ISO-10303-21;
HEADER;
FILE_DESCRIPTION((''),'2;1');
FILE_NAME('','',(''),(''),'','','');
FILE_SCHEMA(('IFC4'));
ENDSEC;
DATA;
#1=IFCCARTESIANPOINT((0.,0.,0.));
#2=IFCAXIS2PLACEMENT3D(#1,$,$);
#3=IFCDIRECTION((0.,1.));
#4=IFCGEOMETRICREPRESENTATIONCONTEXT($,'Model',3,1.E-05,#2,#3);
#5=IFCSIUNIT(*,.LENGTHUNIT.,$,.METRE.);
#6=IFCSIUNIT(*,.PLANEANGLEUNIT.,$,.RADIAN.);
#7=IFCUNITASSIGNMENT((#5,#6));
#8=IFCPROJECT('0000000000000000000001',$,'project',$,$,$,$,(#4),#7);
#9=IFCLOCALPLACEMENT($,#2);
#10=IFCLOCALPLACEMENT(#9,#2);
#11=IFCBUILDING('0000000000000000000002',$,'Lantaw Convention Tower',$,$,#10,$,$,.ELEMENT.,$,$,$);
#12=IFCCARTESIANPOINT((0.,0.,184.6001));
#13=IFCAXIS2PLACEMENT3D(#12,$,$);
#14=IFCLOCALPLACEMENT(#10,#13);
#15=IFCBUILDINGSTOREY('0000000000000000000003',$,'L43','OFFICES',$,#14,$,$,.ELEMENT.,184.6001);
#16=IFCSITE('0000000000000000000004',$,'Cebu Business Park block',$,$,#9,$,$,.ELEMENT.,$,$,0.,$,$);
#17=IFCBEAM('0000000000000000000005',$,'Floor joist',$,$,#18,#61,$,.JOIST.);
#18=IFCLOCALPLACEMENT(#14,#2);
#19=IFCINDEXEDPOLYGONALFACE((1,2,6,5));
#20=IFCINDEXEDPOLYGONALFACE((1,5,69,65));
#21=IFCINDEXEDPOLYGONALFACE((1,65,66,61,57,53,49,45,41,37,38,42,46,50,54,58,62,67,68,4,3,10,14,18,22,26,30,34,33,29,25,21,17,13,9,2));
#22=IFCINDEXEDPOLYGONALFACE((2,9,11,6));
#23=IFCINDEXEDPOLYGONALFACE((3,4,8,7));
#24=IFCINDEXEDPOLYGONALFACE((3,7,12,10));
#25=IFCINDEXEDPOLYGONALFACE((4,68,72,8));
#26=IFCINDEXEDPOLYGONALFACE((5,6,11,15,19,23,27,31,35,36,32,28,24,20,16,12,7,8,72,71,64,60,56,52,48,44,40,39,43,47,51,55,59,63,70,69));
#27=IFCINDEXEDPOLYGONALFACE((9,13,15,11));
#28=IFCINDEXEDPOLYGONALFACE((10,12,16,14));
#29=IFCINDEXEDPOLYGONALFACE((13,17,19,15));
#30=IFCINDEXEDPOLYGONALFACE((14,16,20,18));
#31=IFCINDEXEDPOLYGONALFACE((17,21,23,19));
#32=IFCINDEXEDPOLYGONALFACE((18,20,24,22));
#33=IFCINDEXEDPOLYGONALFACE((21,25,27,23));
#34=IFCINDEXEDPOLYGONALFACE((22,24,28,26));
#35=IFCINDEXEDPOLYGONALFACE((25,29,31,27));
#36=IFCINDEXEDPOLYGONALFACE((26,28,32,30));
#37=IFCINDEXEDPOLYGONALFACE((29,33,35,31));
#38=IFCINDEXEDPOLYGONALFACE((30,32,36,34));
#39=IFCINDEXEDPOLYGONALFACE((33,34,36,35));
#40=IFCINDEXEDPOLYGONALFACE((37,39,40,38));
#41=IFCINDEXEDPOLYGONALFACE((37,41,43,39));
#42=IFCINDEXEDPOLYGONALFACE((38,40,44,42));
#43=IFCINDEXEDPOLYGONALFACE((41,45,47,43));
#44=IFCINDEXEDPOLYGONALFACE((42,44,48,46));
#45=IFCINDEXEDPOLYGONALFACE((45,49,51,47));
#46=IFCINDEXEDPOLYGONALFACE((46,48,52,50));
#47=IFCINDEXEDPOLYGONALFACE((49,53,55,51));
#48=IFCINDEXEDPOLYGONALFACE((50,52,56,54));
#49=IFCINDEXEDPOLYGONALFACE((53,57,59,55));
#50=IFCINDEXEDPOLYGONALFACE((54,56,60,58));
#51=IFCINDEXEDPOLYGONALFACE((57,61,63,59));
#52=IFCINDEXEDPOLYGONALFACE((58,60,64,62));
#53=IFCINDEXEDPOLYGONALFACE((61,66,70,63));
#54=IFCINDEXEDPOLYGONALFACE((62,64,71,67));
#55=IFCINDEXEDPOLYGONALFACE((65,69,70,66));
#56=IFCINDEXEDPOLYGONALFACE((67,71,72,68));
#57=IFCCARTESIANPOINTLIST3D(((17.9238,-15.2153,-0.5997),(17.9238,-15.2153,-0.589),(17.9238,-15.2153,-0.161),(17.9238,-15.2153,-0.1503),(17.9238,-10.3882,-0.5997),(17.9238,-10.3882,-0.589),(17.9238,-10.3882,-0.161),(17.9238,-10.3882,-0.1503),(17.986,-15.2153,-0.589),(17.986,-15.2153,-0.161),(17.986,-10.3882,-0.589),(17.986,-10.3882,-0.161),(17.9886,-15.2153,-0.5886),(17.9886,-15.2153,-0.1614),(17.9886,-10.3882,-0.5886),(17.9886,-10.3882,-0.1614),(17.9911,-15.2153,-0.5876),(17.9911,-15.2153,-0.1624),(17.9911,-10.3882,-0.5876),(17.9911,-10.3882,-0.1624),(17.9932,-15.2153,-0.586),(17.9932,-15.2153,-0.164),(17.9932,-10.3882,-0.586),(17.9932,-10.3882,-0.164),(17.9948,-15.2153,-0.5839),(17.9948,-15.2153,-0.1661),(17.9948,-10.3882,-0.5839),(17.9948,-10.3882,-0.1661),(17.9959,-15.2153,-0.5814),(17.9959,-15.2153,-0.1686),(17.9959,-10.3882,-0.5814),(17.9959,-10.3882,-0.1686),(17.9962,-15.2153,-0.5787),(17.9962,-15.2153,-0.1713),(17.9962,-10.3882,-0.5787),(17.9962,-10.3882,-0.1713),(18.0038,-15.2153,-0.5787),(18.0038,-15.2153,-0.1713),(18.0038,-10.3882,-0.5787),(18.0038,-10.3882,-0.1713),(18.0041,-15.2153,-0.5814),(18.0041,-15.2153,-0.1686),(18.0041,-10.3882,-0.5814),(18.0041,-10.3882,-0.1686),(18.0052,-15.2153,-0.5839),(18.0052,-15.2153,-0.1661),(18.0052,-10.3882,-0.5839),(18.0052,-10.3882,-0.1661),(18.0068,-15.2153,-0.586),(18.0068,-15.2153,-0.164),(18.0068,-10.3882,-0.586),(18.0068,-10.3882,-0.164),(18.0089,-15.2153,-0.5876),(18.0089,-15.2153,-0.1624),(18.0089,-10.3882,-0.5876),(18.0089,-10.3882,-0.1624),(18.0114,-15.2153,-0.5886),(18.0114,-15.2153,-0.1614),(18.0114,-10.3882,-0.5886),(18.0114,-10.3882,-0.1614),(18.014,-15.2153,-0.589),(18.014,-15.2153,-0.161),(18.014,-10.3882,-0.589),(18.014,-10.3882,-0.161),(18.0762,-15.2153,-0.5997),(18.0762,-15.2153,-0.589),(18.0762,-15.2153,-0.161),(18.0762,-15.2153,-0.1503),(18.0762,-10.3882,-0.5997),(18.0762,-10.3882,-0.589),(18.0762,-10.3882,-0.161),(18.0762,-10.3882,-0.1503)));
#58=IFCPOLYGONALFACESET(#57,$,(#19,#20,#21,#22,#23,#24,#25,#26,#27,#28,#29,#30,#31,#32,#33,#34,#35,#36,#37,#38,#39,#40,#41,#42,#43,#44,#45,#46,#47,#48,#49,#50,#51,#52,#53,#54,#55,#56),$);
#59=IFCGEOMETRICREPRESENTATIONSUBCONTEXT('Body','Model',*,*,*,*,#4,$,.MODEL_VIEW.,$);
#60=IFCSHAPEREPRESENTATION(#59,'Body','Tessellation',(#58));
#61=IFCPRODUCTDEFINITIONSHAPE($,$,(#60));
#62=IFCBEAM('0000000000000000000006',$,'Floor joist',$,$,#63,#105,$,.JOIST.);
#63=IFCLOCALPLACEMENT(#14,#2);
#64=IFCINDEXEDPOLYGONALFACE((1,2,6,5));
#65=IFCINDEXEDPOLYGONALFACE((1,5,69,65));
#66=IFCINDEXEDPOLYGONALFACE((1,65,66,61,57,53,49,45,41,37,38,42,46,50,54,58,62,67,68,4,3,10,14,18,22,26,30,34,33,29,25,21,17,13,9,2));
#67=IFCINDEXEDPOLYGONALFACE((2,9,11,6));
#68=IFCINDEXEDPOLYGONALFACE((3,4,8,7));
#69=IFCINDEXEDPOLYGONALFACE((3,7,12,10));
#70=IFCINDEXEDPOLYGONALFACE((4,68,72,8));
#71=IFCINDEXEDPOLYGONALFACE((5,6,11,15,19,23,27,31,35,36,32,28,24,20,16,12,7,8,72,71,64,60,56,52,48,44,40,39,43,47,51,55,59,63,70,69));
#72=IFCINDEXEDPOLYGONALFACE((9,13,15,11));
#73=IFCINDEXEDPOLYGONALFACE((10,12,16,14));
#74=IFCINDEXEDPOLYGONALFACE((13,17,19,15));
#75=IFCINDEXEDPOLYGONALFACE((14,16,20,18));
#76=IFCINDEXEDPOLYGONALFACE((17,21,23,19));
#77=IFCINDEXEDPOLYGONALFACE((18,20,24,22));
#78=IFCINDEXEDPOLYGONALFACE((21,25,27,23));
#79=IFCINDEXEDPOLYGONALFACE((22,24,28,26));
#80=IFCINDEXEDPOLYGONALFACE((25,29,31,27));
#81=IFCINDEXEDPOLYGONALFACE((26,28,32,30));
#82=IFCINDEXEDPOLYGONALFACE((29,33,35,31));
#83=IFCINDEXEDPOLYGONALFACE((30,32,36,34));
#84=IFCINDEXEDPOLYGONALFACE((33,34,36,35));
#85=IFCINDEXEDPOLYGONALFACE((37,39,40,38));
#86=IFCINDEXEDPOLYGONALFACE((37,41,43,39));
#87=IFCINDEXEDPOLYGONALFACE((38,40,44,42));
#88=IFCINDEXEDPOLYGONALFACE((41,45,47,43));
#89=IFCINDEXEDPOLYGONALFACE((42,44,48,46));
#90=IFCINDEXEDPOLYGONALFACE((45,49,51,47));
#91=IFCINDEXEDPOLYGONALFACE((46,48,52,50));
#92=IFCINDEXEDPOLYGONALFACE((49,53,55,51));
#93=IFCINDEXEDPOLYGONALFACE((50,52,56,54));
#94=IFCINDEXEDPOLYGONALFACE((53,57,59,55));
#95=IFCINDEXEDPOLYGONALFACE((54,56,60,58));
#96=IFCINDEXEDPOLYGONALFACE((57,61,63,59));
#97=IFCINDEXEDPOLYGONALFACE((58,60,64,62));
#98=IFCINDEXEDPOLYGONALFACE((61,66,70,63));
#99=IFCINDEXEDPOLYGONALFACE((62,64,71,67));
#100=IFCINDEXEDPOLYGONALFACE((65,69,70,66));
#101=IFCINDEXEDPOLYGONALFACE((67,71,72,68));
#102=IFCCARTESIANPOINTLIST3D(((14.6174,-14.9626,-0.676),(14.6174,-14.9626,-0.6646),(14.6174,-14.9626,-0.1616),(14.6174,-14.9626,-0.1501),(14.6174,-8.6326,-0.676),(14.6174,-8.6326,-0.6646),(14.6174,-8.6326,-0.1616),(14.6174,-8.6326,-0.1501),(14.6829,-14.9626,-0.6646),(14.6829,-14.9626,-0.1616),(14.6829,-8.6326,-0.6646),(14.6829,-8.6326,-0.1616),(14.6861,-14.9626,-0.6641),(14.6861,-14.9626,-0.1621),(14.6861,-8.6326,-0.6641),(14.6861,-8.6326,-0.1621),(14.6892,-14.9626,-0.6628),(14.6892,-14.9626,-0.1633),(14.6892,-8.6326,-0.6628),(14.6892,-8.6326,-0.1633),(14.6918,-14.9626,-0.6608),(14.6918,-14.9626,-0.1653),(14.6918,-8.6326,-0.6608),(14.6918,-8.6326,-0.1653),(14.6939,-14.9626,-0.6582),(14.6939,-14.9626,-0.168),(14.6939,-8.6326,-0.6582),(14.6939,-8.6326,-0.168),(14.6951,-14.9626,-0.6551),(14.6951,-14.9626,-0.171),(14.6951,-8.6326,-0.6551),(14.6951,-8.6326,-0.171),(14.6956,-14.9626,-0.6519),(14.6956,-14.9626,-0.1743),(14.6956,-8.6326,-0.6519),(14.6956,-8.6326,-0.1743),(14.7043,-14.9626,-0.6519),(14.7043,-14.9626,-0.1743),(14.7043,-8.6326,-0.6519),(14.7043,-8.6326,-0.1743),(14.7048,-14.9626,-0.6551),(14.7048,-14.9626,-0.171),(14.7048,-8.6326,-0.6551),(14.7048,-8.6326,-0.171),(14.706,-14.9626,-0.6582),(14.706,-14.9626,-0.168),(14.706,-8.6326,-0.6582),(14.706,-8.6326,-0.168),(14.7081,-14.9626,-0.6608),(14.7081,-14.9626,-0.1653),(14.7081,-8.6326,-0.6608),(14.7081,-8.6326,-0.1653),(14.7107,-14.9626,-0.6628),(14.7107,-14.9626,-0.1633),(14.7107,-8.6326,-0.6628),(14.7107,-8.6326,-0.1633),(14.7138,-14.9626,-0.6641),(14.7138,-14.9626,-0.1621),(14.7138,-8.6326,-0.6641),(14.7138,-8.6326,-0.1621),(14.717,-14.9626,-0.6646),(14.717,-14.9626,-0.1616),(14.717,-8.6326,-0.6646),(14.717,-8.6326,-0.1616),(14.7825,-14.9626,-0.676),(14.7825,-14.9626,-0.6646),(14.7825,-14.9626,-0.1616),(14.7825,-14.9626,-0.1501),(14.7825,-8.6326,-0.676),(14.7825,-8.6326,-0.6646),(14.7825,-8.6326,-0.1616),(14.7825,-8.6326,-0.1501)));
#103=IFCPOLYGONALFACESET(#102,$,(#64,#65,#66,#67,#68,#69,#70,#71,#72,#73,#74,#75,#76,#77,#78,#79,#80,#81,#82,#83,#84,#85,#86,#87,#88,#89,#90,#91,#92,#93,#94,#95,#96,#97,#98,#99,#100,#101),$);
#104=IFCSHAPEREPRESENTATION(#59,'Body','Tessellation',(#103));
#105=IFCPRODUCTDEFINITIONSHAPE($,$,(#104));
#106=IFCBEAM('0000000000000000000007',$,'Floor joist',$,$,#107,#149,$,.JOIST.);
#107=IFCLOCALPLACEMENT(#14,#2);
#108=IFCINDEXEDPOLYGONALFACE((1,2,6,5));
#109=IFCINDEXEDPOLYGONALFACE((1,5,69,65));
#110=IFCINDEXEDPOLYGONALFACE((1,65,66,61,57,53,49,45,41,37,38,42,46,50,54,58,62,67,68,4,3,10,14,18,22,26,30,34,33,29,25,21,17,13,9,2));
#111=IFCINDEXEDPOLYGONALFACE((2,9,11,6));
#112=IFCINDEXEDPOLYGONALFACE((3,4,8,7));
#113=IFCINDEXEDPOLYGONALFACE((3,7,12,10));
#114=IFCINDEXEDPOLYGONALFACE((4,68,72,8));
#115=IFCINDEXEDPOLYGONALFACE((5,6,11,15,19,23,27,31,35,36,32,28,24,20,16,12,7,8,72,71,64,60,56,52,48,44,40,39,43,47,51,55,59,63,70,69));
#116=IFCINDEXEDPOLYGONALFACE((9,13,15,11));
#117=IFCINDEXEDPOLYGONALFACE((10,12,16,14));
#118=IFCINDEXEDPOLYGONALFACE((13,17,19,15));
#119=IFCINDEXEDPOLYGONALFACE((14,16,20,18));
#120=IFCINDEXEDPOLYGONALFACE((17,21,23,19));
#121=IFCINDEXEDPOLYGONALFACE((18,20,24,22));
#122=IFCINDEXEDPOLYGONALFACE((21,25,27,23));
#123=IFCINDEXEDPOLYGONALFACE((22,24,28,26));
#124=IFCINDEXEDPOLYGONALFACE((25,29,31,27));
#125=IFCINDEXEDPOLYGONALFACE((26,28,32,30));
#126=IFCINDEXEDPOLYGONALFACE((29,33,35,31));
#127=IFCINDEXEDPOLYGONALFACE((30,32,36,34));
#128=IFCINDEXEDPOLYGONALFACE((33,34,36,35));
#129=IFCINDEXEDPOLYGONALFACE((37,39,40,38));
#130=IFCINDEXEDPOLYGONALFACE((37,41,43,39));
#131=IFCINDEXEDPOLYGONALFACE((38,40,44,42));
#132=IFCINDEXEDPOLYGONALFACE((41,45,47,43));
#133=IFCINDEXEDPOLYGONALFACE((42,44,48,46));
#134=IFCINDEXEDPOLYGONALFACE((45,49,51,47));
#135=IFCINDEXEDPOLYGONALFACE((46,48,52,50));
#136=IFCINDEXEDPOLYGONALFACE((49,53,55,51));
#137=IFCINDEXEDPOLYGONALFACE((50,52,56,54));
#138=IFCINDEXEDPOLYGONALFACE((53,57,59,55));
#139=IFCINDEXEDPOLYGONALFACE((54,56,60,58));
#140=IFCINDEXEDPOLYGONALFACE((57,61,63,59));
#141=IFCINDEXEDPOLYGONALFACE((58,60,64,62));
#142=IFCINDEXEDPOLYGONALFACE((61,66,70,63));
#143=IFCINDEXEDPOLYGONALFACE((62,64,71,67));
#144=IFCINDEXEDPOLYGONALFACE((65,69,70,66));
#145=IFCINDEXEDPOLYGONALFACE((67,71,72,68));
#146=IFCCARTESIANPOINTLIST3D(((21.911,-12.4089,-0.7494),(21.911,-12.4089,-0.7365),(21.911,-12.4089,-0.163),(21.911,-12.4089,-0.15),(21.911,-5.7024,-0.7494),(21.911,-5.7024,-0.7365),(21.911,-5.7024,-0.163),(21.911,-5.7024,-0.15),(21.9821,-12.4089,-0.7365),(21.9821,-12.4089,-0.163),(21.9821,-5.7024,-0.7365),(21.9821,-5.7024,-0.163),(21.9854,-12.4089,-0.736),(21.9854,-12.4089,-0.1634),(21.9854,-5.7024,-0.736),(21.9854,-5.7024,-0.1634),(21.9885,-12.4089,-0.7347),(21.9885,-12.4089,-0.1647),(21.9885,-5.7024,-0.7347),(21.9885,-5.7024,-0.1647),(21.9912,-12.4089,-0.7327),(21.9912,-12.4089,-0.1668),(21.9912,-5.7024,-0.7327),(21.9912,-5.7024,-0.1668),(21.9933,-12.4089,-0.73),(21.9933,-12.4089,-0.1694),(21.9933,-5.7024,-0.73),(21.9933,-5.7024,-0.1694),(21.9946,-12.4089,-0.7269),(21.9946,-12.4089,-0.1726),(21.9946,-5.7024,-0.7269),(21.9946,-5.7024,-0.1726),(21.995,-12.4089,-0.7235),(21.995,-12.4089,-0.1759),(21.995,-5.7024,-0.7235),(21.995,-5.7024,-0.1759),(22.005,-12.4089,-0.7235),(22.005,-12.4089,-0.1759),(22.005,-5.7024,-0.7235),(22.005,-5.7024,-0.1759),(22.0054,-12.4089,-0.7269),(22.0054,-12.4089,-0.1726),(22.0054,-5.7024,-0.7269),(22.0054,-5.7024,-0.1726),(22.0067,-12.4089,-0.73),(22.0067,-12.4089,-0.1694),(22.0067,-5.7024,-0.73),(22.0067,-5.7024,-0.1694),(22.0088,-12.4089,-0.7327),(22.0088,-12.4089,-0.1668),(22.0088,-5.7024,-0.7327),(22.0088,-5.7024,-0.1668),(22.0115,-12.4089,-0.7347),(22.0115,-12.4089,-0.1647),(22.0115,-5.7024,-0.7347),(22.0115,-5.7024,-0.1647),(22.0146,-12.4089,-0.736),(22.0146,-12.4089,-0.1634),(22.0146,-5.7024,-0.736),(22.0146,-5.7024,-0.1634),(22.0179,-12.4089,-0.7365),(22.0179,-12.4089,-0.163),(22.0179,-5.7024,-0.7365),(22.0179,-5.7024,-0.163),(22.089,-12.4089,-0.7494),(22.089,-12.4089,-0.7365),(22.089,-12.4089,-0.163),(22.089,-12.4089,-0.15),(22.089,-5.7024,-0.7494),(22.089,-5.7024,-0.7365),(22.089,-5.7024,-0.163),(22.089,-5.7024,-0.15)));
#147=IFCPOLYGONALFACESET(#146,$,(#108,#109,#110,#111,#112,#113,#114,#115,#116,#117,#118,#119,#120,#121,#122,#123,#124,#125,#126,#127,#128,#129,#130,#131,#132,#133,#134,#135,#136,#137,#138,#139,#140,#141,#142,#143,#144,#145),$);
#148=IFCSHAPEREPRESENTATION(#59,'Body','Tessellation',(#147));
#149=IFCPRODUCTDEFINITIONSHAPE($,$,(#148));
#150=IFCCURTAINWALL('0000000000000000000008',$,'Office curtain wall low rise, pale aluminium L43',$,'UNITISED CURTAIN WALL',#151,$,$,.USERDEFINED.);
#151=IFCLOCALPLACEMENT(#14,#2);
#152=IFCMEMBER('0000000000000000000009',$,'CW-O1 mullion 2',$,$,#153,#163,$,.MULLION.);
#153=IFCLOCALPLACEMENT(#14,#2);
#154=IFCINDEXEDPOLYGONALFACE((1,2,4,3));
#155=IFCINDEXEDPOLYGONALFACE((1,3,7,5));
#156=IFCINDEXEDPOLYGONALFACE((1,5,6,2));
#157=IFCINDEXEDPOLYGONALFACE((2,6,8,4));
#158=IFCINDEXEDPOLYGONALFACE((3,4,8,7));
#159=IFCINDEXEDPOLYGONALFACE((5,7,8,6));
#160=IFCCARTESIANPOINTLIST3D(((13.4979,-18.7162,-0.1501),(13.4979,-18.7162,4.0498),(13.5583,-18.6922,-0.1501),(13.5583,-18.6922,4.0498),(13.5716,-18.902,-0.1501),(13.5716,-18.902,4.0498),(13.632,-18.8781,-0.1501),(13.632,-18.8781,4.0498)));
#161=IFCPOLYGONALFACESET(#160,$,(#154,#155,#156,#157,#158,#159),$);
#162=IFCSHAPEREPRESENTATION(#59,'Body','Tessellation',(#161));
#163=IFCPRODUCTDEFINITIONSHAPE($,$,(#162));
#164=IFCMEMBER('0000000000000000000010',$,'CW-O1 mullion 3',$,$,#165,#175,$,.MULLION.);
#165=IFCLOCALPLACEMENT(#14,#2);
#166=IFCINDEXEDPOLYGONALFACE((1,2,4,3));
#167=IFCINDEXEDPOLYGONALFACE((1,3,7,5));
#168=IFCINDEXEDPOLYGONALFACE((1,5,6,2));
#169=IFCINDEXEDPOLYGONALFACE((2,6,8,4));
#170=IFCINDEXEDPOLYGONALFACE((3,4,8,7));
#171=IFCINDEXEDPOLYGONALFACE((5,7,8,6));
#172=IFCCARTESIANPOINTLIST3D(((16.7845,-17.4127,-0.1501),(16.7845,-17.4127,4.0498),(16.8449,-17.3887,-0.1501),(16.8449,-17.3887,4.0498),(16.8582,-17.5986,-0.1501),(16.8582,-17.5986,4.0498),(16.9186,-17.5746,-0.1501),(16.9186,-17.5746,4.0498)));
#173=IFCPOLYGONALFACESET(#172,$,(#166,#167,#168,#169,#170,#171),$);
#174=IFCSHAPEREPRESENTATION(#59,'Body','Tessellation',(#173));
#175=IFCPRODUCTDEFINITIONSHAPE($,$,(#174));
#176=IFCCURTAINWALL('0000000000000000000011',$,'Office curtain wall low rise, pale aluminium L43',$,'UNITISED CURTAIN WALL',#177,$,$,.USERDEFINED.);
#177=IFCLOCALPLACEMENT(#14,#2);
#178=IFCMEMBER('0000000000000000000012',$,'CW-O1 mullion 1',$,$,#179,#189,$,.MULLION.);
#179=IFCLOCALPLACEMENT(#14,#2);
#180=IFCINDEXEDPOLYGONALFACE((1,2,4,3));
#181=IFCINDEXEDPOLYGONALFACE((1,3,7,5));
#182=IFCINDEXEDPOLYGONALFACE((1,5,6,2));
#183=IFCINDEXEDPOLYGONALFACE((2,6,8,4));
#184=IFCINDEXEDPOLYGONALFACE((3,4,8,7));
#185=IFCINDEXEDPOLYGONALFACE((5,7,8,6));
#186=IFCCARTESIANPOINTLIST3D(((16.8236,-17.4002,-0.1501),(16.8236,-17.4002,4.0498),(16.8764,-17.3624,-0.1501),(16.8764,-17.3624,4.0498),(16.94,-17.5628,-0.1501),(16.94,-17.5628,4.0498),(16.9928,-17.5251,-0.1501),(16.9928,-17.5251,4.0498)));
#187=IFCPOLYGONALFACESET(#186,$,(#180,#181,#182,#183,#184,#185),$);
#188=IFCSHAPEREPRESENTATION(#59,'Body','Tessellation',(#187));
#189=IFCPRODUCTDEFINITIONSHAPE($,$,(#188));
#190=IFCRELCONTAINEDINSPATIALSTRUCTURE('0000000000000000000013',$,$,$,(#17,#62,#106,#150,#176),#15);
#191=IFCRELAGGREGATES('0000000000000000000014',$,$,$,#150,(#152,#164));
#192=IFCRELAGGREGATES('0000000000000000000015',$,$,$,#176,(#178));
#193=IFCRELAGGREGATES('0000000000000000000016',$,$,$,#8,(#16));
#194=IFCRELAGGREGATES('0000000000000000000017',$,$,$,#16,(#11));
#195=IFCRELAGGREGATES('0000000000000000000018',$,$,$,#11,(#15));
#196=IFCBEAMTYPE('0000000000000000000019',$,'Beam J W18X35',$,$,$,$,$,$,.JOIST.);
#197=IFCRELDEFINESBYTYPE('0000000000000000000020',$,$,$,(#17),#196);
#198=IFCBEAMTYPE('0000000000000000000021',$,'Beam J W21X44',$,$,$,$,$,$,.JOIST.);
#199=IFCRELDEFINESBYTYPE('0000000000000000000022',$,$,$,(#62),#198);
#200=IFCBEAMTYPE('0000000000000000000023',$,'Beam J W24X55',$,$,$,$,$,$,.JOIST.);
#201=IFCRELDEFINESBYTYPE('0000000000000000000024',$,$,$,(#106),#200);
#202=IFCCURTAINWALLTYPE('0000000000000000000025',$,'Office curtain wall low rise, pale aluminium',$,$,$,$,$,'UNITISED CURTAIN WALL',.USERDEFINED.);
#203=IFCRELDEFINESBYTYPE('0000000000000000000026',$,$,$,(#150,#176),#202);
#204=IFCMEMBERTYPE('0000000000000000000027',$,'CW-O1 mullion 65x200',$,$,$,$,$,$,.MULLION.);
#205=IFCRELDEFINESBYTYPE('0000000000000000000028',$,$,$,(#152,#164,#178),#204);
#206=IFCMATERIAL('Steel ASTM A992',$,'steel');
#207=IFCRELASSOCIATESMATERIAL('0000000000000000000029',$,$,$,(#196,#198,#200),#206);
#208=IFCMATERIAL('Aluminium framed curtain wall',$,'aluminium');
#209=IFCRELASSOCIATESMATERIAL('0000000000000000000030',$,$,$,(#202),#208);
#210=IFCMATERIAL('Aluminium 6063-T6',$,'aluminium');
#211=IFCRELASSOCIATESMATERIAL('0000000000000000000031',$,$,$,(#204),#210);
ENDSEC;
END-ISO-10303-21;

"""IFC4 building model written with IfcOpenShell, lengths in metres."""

from ifc_helpers import new_model, si_unit, direction, frame, origin, origin_2d, place, context, subcontext, project, spatial, rectangle, i_section, extrude, material, material_profile, profile_set, type_object, element, aggregate, save


model = new_model("IFC4")

# Units and contexts
model_context = context("Model", 3, precision=1e-05, world=origin(), true_north=direction((0.0, 1.0)))
body_context = subcontext(model_context, "Body", "Model", "MODEL_VIEW")
ifc_project = project(units=[si_unit("LENGTHUNIT", "METRE"), si_unit("PLANEANGLEUNIT", "RADIAN")], contexts=[model_context])

# Site, building, storey
site_placement = place(None, origin())
site = spatial("IfcSite", under=ifc_project, at=site_placement, Name="Cebu Business Park block", CompositionType="ELEMENT", RefElevation=0.0)
building_placement = place(site_placement, origin())
building = spatial("IfcBuilding", under=site, at=building_placement, Name="Lantaw Convention Tower", CompositionType="ELEMENT")
storey_placement = place(building_placement, frame((0.0, 0.0, 184.6001)))
storey = spatial("IfcBuildingStorey", under=building, at=storey_placement, Name="L43", Description="OFFICES", CompositionType="ELEMENT", Elevation=184.6001)

# Beams
ifc_material_1 = material(Name="Steel ASTM A992", Category="steel")
ifc_material_profile_1 = material_profile(ifc_material_1, i_section(OverallWidth=0.1523, OverallDepth=0.4495, WebThickness=0.0076, FlangeThickness=0.0107, FilletRadius=0.0103, at=origin_2d()), Name="W18X35")
ifc_profile_set_1 = profile_set([ifc_material_profile_1], Name="Steel ASTM A992")
beam_type_1 = type_object("IfcBeamType", Name="Beam J W18X35", PredefinedType="JOIST", material=ifc_profile_set_1)
beam_1_placement = place(storey_placement, frame((18.0, -15.2153, -0.375), z_axis=(0.0, 1.0, 0.0), x_axis=(-1.0, 0.0, 0.0)))
element("IfcBeam", 1, at=beam_1_placement, inside=storey, type_object=beam_type_1, Name="Floor joist", PredefinedType="JOIST", context=body_context, shape_type="SweptSolid", body=[
    extrude(i_section(OverallWidth=0.1523, OverallDepth=0.4495, WebThickness=0.0076, FlangeThickness=0.0107, FilletRadius=0.0103, at=origin_2d()), origin(), (0.0, 0.0, 1.0), 4.8271),
])
ifc_material_profile_2 = material_profile(ifc_material_1, i_section(OverallWidth=0.165, OverallDepth=0.5259, WebThickness=0.0088, FlangeThickness=0.0115, FilletRadius=0.0127, at=origin_2d()), Name="W21X44")
ifc_profile_set_2 = profile_set([ifc_material_profile_2], Name="Steel ASTM A992")
beam_type_2 = type_object("IfcBeamType", Name="Beam J W21X44", PredefinedType="JOIST", material=ifc_profile_set_2)
beam_2_placement = place(storey_placement, frame((14.7, -14.9626, -0.4131), z_axis=(0.0, 1.0, 0.0), x_axis=(-1.0, 0.0, 0.0)))
element("IfcBeam", 2, at=beam_2_placement, inside=storey, type_object=beam_type_2, Name="Floor joist", PredefinedType="JOIST", context=body_context, shape_type="SweptSolid", body=[
    extrude(i_section(OverallWidth=0.165, OverallDepth=0.5259, WebThickness=0.0088, FlangeThickness=0.0115, FilletRadius=0.0127, at=origin_2d()), origin(), (0.0, 0.0, 1.0), 6.3301),
])
ifc_material_profile_3 = material_profile(ifc_material_1, i_section(OverallWidth=0.178, OverallDepth=0.5994, WebThickness=0.01, FlangeThickness=0.0129, FilletRadius=0.0129, at=origin_2d()), Name="W24X55")
ifc_profile_set_3 = profile_set([ifc_material_profile_3], Name="Steel ASTM A992")
beam_type_3 = type_object("IfcBeamType", Name="Beam J W24X55", PredefinedType="JOIST", material=ifc_profile_set_3)
beam_3_placement = place(storey_placement, frame((22.0, -12.4089, -0.4497), z_axis=(0.0, 1.0, 0.0), x_axis=(-1.0, 0.0, 0.0)))
element("IfcBeam", 3, at=beam_3_placement, inside=storey, type_object=beam_type_3, Name="Floor joist", PredefinedType="JOIST", context=body_context, shape_type="SweptSolid", body=[
    extrude(i_section(OverallWidth=0.178, OverallDepth=0.5994, WebThickness=0.01, FlangeThickness=0.0129, FilletRadius=0.0129, at=origin_2d()), origin(), (0.0, 0.0, 1.0), 6.7065),
])

# Curtain walls, members
ifc_material_2 = material(Name="Aluminium framed curtain wall", Category="aluminium")
curtain_wall_type = type_object("IfcCurtainWallType", Name="Office curtain wall low rise, pale aluminium", ElementType="UNITISED CURTAIN WALL", PredefinedType="USERDEFINED", material=ifc_material_2)
curtain_wall_1_placement = place(storey_placement, origin())
curtain_wall_1 = element("IfcCurtainWall", 4, at=curtain_wall_1_placement, inside=storey, type_object=curtain_wall_type, Name="Office curtain wall low rise, pale aluminium L43", ObjectType="UNITISED CURTAIN WALL", PredefinedType="USERDEFINED")
ifc_material_3 = material(Name="Aluminium 6063-T6", Category="aluminium")
ifc_material_profile_4 = material_profile(ifc_material_3, rectangle(XDim=0.2, YDim=0.0649, at=origin_2d()), Name="CW-O1 mullion 65x200")
ifc_profile_set_4 = profile_set([ifc_material_profile_4], Name="Aluminium 6063-T6")
member_type_1 = type_object("IfcMemberType", Name="CW-O1 mullion 65x200", PredefinedType="MULLION", material=ifc_profile_set_4)
member_1_placement = place(storey_placement, frame((13.5649, -18.7971, -0.1501), z_axis=(0.0, 0.0, 1.0), x_axis=(-0.368702, 0.929548, 0.0)))
member_1 = element("IfcMember", 5, at=member_1_placement, type_object=member_type_1, Name="CW-O1 mullion 2", PredefinedType="MULLION", context=body_context, shape_type="SweptSolid", body=[
    extrude(rectangle(XDim=0.2, YDim=0.0649, at=origin_2d()), origin(), (0.0, 0.0, 1.0), 4.2),
])
member_2_placement = place(storey_placement, frame((16.8516, -17.4937, -0.1501), z_axis=(0.0, 0.0, 1.0), x_axis=(-0.368702, 0.929548, 0.0)))
member_2 = element("IfcMember", 6, at=member_2_placement, type_object=member_type_1, Name="CW-O1 mullion 3", PredefinedType="MULLION", context=body_context, shape_type="SweptSolid", body=[
    extrude(rectangle(XDim=0.2, YDim=0.0649, at=origin_2d()), origin(), (0.0, 0.0, 1.0), 4.2),
])
curtain_wall_2_placement = place(storey_placement, origin())
curtain_wall_2 = element("IfcCurtainWall", 7, at=curtain_wall_2_placement, inside=storey, type_object=curtain_wall_type, Name="Office curtain wall low rise, pale aluminium L43", ObjectType="UNITISED CURTAIN WALL", PredefinedType="USERDEFINED")
member_3_placement = place(storey_placement, frame((16.9082, -17.4626, -0.1501), z_axis=(0.0, 0.0, 1.0), x_axis=(-0.581973, 0.813208, 0.0)))
member_3 = element("IfcMember", 8, at=member_3_placement, type_object=member_type_1, Name="CW-O1 mullion 1", PredefinedType="MULLION", context=body_context, shape_type="SweptSolid", body=[
    extrude(rectangle(XDim=0.2, YDim=0.0649, at=origin_2d()), origin(), (0.0, 0.0, 1.0), 4.2),
])

aggregate(curtain_wall_1, [member_1, member_2])
aggregate(curtain_wall_2, [member_3])

save(model, "model.ifc")
